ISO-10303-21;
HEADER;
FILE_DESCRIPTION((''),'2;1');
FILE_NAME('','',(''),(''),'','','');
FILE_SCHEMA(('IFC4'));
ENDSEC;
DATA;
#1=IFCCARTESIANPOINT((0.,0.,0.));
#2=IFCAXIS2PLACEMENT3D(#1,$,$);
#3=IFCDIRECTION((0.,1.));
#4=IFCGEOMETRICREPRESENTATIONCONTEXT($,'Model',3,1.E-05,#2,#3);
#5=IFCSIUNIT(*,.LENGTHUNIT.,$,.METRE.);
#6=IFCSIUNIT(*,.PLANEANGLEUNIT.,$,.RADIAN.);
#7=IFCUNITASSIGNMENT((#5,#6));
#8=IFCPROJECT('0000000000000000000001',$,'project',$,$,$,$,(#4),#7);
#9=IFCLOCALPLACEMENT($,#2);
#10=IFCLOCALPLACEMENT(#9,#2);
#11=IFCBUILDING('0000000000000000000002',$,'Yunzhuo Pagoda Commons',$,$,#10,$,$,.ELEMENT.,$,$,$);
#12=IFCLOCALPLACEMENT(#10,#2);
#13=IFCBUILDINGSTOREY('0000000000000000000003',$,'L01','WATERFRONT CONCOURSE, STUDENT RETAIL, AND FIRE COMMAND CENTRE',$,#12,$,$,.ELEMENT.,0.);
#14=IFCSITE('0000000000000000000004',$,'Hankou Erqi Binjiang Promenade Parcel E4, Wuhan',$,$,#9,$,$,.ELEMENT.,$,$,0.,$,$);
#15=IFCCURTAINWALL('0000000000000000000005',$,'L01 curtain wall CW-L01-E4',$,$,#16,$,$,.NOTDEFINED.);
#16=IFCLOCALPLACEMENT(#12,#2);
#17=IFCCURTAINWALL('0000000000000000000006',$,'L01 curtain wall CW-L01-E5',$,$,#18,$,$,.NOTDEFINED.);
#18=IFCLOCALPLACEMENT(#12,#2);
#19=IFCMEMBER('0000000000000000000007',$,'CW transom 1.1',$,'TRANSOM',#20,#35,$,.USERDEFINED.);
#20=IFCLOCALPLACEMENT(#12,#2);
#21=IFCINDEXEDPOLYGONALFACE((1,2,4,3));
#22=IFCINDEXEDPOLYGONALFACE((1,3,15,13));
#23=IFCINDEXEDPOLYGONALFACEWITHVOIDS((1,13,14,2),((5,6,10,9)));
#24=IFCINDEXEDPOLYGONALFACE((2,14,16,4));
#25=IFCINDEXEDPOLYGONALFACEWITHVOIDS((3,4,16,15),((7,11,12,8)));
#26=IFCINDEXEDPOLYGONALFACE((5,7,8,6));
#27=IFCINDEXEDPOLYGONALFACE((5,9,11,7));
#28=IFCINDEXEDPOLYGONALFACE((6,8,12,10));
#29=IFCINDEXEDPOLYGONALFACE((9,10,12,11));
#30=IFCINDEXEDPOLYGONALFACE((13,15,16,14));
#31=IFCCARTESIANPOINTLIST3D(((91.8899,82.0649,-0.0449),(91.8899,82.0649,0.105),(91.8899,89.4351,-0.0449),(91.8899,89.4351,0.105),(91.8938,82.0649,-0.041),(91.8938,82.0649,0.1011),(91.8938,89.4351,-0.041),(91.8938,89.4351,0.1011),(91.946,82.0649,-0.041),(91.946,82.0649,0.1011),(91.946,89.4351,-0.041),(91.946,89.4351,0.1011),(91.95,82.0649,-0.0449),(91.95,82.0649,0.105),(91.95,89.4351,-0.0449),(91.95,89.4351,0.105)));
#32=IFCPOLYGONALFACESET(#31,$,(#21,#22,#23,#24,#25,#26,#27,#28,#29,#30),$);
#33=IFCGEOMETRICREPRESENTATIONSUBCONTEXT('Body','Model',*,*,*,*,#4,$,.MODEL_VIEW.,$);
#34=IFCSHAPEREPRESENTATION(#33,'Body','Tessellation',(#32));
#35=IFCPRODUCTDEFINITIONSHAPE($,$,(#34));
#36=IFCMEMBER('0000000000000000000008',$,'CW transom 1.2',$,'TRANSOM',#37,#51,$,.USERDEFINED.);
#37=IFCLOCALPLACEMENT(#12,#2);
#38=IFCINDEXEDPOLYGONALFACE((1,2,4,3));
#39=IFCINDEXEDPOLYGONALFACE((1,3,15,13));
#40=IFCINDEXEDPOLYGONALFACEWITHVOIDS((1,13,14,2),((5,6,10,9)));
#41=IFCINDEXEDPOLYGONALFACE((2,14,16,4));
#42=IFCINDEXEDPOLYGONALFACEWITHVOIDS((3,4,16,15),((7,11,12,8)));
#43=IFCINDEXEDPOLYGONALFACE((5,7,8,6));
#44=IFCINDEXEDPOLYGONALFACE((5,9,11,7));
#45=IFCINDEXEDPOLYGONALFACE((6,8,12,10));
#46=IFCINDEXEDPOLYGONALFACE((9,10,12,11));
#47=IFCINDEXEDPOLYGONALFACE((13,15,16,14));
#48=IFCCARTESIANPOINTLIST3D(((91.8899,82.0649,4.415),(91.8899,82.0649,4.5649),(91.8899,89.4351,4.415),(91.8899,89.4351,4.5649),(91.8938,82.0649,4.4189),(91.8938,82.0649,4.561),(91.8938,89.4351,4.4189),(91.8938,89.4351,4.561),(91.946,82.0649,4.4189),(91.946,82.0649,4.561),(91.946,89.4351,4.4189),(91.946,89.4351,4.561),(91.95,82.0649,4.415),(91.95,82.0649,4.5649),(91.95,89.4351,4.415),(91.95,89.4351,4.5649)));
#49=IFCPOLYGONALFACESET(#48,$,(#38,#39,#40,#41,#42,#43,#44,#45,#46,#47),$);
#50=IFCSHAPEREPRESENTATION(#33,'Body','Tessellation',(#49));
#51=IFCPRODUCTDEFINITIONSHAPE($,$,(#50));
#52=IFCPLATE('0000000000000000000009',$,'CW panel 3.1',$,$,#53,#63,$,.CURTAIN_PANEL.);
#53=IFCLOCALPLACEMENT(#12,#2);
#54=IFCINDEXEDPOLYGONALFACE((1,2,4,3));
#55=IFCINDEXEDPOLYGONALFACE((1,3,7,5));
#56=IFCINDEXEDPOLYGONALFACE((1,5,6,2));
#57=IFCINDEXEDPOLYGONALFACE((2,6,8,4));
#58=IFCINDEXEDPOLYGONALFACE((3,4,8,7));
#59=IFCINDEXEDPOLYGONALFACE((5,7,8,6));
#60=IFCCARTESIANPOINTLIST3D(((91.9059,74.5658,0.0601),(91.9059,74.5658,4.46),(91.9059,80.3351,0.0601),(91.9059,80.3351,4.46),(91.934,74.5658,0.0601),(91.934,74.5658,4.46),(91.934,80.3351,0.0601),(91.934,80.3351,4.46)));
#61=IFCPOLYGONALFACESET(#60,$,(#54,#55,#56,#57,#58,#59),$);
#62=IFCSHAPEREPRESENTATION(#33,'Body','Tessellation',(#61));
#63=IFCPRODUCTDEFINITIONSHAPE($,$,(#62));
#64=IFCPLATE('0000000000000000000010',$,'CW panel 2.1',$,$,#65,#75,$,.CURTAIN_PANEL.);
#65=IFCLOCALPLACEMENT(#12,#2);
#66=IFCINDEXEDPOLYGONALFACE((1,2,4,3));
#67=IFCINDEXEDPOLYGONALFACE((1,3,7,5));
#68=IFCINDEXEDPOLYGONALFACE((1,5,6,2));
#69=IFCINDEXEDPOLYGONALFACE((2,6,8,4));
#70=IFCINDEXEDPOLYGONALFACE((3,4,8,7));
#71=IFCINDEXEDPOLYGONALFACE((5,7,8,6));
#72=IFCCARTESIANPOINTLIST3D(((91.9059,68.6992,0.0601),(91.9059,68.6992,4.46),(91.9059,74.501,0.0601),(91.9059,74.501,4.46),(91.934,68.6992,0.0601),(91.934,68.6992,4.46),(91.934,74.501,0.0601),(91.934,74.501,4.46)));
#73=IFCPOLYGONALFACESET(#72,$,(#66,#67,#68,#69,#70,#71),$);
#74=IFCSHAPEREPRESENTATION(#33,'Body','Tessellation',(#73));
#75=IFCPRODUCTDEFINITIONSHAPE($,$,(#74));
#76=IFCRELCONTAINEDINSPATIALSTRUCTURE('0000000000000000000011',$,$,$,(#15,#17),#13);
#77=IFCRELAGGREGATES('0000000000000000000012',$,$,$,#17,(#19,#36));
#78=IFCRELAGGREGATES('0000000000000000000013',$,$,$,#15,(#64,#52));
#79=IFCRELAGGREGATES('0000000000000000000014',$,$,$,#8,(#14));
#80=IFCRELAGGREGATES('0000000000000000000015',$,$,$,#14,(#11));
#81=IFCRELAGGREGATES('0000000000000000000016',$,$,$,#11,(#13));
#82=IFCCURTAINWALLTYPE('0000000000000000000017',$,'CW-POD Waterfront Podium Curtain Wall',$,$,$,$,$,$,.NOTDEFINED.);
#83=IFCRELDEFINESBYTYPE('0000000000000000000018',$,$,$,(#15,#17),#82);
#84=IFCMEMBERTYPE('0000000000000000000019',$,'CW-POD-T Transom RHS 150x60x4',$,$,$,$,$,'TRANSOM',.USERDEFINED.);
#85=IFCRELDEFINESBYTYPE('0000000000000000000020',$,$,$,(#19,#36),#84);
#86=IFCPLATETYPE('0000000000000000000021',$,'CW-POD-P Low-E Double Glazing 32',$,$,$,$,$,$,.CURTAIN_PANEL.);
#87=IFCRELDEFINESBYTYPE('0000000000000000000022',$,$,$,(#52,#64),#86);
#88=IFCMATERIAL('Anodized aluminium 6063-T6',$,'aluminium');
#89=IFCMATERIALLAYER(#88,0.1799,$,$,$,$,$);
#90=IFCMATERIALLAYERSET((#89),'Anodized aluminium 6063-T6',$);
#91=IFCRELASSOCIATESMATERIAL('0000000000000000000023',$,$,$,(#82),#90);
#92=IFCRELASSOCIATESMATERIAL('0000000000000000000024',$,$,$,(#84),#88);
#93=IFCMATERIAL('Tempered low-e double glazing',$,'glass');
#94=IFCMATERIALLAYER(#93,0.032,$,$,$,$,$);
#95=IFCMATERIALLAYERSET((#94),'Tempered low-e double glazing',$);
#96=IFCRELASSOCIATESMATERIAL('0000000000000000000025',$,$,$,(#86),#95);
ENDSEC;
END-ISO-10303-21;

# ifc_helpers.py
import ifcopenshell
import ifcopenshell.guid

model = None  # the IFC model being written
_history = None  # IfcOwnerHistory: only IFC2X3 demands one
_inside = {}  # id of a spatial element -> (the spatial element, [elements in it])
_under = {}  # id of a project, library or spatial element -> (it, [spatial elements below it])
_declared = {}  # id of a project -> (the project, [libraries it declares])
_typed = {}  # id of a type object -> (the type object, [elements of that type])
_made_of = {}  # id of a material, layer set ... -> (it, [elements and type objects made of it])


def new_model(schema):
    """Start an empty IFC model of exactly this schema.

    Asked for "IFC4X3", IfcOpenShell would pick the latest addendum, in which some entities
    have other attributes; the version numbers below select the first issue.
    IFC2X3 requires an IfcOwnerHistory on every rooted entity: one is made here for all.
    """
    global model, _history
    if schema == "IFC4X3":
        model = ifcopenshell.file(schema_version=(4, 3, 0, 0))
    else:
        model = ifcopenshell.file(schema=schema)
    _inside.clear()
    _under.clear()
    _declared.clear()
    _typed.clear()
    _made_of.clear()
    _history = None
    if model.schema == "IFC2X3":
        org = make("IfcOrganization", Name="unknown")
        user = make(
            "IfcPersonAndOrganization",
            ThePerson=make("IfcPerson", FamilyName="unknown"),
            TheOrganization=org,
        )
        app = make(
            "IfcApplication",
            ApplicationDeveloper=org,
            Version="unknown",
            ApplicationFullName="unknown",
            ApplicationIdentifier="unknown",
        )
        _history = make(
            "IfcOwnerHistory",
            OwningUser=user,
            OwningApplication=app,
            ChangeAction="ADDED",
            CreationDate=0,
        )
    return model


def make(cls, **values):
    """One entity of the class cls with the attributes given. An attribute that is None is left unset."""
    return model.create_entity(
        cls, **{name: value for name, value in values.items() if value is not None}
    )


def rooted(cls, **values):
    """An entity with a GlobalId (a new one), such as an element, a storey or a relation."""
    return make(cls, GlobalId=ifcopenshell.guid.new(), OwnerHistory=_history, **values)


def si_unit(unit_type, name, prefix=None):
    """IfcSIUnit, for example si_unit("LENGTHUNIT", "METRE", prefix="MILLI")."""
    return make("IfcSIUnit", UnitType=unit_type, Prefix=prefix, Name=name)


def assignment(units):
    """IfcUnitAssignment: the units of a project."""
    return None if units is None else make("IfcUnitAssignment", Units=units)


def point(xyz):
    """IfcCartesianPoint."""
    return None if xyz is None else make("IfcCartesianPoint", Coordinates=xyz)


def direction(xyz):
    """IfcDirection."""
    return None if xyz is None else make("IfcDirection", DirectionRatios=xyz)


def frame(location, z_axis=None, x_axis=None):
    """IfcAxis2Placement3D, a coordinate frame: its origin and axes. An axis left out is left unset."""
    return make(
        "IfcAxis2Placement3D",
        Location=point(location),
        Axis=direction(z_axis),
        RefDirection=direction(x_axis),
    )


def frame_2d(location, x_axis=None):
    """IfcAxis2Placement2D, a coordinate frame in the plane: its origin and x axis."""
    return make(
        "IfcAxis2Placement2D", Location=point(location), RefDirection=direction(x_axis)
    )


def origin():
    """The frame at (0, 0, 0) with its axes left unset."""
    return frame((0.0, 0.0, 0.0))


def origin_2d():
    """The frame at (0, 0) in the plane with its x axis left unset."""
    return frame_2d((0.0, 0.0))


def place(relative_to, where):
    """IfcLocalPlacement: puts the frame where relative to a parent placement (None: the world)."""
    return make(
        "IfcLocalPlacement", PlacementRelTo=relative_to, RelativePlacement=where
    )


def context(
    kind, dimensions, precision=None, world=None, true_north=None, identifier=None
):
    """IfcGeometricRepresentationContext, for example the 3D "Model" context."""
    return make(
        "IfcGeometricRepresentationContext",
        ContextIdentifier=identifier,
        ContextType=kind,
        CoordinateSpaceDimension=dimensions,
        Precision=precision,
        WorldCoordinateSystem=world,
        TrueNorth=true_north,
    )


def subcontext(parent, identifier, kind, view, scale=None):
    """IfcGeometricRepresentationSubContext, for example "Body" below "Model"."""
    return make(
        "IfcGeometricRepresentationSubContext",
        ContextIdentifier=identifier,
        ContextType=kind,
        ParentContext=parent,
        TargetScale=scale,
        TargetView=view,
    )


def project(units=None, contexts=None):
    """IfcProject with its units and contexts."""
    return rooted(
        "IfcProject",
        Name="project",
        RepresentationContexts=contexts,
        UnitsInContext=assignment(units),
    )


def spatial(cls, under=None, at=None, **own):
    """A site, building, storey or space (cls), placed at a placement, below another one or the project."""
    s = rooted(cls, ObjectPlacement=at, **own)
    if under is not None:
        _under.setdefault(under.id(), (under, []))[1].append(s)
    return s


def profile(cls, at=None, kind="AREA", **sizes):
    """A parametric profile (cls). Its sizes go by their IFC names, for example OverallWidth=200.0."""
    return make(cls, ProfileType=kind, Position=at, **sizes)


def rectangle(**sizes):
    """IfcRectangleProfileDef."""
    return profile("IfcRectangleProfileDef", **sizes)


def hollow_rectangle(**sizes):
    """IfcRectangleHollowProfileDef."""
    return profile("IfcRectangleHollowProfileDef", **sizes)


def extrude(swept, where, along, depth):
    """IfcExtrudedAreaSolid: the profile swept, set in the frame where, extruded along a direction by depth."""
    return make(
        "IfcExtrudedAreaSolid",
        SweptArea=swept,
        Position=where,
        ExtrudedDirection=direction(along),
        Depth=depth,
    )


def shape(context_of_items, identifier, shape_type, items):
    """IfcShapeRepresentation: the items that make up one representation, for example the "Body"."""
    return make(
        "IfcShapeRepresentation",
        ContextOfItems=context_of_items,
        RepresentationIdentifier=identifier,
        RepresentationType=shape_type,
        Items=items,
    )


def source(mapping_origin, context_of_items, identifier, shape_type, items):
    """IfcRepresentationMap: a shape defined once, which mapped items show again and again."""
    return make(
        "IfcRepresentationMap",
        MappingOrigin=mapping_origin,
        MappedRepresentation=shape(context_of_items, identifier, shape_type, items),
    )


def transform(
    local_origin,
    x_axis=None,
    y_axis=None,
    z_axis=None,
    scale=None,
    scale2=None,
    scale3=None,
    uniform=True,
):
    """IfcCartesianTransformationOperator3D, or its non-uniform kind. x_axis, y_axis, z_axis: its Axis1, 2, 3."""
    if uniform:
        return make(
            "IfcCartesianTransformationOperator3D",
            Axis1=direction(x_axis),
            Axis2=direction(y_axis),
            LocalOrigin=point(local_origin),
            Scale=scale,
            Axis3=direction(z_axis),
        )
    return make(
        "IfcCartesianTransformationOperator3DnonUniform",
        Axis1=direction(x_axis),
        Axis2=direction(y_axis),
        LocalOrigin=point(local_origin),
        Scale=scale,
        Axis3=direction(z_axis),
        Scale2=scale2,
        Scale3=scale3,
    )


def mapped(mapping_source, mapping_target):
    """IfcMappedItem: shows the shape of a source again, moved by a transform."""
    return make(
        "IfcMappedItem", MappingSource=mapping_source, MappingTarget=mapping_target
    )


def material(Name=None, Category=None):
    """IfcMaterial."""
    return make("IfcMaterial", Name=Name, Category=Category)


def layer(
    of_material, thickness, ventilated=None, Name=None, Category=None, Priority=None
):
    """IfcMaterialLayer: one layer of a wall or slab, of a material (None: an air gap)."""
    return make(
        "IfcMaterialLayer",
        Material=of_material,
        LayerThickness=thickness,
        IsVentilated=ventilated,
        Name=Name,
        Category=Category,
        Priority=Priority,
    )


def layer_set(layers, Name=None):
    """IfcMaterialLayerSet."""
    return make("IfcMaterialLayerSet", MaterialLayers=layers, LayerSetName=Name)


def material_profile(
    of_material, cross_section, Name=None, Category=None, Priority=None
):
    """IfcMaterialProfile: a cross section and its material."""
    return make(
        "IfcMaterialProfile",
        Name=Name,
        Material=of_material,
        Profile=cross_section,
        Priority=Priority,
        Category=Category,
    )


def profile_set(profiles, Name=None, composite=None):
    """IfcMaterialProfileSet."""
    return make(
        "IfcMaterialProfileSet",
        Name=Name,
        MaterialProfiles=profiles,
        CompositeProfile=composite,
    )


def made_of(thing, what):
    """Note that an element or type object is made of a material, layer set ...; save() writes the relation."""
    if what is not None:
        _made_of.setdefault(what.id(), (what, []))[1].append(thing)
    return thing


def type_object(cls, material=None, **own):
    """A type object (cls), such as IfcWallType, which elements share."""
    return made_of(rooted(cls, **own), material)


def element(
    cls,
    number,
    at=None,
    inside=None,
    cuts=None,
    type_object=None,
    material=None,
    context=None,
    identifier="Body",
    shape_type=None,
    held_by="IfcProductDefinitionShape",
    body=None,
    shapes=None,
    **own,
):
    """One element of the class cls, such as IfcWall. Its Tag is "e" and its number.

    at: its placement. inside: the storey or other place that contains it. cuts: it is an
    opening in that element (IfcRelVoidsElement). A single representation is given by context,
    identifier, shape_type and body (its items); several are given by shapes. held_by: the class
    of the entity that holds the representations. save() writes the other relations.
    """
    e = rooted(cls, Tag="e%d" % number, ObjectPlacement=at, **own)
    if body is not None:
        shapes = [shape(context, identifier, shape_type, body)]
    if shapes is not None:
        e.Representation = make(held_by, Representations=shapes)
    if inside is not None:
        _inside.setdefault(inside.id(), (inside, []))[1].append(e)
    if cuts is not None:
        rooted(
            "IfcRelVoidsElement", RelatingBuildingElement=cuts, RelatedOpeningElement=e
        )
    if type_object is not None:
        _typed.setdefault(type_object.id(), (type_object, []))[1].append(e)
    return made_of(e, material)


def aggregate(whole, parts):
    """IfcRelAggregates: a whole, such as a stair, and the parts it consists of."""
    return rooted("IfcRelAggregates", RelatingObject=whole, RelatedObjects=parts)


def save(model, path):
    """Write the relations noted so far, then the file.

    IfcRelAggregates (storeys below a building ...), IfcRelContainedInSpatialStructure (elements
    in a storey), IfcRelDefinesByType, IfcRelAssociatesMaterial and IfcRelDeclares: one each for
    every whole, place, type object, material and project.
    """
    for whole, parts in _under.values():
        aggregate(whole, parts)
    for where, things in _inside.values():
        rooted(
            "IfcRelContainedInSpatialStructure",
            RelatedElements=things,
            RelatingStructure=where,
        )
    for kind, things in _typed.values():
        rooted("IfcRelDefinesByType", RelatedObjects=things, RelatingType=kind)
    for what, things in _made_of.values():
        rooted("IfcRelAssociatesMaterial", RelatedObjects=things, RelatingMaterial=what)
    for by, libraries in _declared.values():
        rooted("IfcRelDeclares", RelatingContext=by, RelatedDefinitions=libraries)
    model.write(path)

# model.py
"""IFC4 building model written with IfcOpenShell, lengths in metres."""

from ifc_helpers import new_model, si_unit, direction, frame, origin, origin_2d, place, context, subcontext, project, spatial, rectangle, hollow_rectangle, extrude, source, transform, mapped, material, layer, layer_set, material_profile, profile_set, type_object, element, aggregate, save


model = new_model("IFC4")

# Units and contexts
model_context = context("Model", 3, precision=1e-05, world=origin(), true_north=direction((0.0, 1.0)))
body_context = subcontext(model_context, "Body", "Model", "MODEL_VIEW")
ifc_project = project(units=[si_unit("LENGTHUNIT", "METRE"), si_unit("PLANEANGLEUNIT", "RADIAN")], contexts=[model_context])

# Site, building, storey
site_placement = place(None, origin())
site = spatial("IfcSite", under=ifc_project, at=site_placement, Name="Hankou Erqi Binjiang Promenade Parcel E4, Wuhan", CompositionType="ELEMENT", RefElevation=0.0)
building_placement = place(site_placement, origin())
building = spatial("IfcBuilding", under=site, at=building_placement, Name="Yunzhuo Pagoda Commons", CompositionType="ELEMENT")
storey_placement = place(building_placement, origin())
storey = spatial("IfcBuildingStorey", under=building, at=storey_placement, Name="L01", Description="WATERFRONT CONCOURSE, STUDENT RETAIL, AND FIRE COMMAND CENTRE", CompositionType="ELEMENT", Elevation=0.0)

# Curtain wall
ifc_material_1 = material(Name="Anodized aluminium 6063-T6", Category="aluminium")
ifc_layer_1 = layer(ifc_material_1, 0.1799)
ifc_layer_set_1 = layer_set([ifc_layer_1], Name="Anodized aluminium 6063-T6")
curtain_wall_type = type_object("IfcCurtainWallType", Name="CW-POD Waterfront Podium Curtain Wall", PredefinedType="NOTDEFINED", material=ifc_layer_set_1)
curtain_wall_1_placement = place(storey_placement, origin())
curtain_wall_1 = element("IfcCurtainWall", 1, at=curtain_wall_1_placement, inside=storey, type_object=curtain_wall_type, Name="L01 curtain wall CW-L01-E4", PredefinedType="NOTDEFINED")

# Curtain wall
curtain_wall_2_placement = place(storey_placement, origin())
curtain_wall_2 = element("IfcCurtainWall", 2, at=curtain_wall_2_placement, inside=storey, type_object=curtain_wall_type, Name="L01 curtain wall CW-L01-E5", PredefinedType="NOTDEFINED")

# Members
ifc_material_profile_1 = material_profile(ifc_material_1, hollow_rectangle(XDim=0.0601, YDim=0.1499, WallThickness=0.0039, at=origin_2d()), Name="Anodized aluminium 6063-T6")
ifc_profile_set_1 = profile_set([ifc_material_profile_1], Name="Anodized aluminium 6063-T6")
member_type_1 = type_object("IfcMemberType", Name="CW-POD-T Transom RHS 150x60x4", ElementType="TRANSOM", PredefinedType="USERDEFINED", material=ifc_profile_set_1)
shared_shape_1 = source(origin(), body_context, "Body", "SweptSolid", [
    extrude(hollow_rectangle(XDim=0.0601, YDim=0.1499, WallThickness=0.0039, at=origin_2d()), origin(), (0.0, 0.0, 1.0), 7.3701),
])
member_1_placement = place(storey_placement, frame((91.9199, 82.0649, 0.03), z_axis=(0.0, 1.0, 0.0), x_axis=(-1.0, 0.0, 0.0)))
member_1 = element("IfcMember", 3, at=member_1_placement, type_object=member_type_1, Name="CW transom 1.1", ObjectType="TRANSOM", PredefinedType="USERDEFINED", context=body_context, shape_type="MappedRepresentation", body=[
    mapped(shared_shape_1, transform((0.0, 0.0, 0.0), scale=1.0)),
])
member_2_placement = place(storey_placement, frame((91.9199, 82.0649, 4.49), z_axis=(0.0, 1.0, 0.0), x_axis=(-1.0, 0.0, 0.0)))
member_2 = element("IfcMember", 4, at=member_2_placement, type_object=member_type_1, Name="CW transom 1.2", ObjectType="TRANSOM", PredefinedType="USERDEFINED", context=body_context, shape_type="MappedRepresentation", body=[
    mapped(shared_shape_1, transform((0.0, 0.0, 0.0), scale=1.0)),
])
aggregate(curtain_wall_2, [member_1, member_2])

# Plates
ifc_material_2 = material(Name="Tempered low-e double glazing", Category="glass")
ifc_layer_2 = layer(ifc_material_2, 0.032)
ifc_layer_set_2 = layer_set([ifc_layer_2], Name="Tempered low-e double glazing")
plate_type = type_object("IfcPlateType", Name="CW-POD-P Low-E Double Glazing 32", PredefinedType="CURTAIN_PANEL", material=ifc_layer_set_2)
shared_shape_2 = source(origin(), body_context, "Body", "SweptSolid", [
    extrude(rectangle(XDim=5.7693, YDim=0.0281, at=origin_2d()), origin(), (0.0, 0.0, 1.0), 4.3999),
])
plate_1_placement = place(storey_placement, frame((91.9199, 77.4504, 0.0601), z_axis=(0.0, 0.0, 1.0), x_axis=(0.0, 1.0, 0.0)))
plate_1 = element("IfcPlate", 5, at=plate_1_placement, type_object=plate_type, Name="CW panel 3.1", PredefinedType="CURTAIN_PANEL", context=body_context, shape_type="MappedRepresentation", body=[
    mapped(shared_shape_2, transform((0.0, 0.0, 0.0), scale=1.0)),
])
shared_shape_3 = source(origin(), body_context, "Body", "SweptSolid", [
    extrude(rectangle(XDim=5.8018, YDim=0.0281, at=origin_2d()), origin(), (0.0, 0.0, 1.0), 4.3999),
])
plate_2_placement = place(storey_placement, frame((91.9199, 71.6001, 0.0601), z_axis=(0.0, 0.0, 1.0), x_axis=(0.0, 1.0, 0.0)))
plate_2 = element("IfcPlate", 6, at=plate_2_placement, type_object=plate_type, Name="CW panel 2.1", PredefinedType="CURTAIN_PANEL", context=body_context, shape_type="MappedRepresentation", body=[
    mapped(shared_shape_3, transform((0.0, 0.0, 0.0), scale=1.0)),
])
aggregate(curtain_wall_1, [plate_2, plate_1])

save(model, "model.ifc")
